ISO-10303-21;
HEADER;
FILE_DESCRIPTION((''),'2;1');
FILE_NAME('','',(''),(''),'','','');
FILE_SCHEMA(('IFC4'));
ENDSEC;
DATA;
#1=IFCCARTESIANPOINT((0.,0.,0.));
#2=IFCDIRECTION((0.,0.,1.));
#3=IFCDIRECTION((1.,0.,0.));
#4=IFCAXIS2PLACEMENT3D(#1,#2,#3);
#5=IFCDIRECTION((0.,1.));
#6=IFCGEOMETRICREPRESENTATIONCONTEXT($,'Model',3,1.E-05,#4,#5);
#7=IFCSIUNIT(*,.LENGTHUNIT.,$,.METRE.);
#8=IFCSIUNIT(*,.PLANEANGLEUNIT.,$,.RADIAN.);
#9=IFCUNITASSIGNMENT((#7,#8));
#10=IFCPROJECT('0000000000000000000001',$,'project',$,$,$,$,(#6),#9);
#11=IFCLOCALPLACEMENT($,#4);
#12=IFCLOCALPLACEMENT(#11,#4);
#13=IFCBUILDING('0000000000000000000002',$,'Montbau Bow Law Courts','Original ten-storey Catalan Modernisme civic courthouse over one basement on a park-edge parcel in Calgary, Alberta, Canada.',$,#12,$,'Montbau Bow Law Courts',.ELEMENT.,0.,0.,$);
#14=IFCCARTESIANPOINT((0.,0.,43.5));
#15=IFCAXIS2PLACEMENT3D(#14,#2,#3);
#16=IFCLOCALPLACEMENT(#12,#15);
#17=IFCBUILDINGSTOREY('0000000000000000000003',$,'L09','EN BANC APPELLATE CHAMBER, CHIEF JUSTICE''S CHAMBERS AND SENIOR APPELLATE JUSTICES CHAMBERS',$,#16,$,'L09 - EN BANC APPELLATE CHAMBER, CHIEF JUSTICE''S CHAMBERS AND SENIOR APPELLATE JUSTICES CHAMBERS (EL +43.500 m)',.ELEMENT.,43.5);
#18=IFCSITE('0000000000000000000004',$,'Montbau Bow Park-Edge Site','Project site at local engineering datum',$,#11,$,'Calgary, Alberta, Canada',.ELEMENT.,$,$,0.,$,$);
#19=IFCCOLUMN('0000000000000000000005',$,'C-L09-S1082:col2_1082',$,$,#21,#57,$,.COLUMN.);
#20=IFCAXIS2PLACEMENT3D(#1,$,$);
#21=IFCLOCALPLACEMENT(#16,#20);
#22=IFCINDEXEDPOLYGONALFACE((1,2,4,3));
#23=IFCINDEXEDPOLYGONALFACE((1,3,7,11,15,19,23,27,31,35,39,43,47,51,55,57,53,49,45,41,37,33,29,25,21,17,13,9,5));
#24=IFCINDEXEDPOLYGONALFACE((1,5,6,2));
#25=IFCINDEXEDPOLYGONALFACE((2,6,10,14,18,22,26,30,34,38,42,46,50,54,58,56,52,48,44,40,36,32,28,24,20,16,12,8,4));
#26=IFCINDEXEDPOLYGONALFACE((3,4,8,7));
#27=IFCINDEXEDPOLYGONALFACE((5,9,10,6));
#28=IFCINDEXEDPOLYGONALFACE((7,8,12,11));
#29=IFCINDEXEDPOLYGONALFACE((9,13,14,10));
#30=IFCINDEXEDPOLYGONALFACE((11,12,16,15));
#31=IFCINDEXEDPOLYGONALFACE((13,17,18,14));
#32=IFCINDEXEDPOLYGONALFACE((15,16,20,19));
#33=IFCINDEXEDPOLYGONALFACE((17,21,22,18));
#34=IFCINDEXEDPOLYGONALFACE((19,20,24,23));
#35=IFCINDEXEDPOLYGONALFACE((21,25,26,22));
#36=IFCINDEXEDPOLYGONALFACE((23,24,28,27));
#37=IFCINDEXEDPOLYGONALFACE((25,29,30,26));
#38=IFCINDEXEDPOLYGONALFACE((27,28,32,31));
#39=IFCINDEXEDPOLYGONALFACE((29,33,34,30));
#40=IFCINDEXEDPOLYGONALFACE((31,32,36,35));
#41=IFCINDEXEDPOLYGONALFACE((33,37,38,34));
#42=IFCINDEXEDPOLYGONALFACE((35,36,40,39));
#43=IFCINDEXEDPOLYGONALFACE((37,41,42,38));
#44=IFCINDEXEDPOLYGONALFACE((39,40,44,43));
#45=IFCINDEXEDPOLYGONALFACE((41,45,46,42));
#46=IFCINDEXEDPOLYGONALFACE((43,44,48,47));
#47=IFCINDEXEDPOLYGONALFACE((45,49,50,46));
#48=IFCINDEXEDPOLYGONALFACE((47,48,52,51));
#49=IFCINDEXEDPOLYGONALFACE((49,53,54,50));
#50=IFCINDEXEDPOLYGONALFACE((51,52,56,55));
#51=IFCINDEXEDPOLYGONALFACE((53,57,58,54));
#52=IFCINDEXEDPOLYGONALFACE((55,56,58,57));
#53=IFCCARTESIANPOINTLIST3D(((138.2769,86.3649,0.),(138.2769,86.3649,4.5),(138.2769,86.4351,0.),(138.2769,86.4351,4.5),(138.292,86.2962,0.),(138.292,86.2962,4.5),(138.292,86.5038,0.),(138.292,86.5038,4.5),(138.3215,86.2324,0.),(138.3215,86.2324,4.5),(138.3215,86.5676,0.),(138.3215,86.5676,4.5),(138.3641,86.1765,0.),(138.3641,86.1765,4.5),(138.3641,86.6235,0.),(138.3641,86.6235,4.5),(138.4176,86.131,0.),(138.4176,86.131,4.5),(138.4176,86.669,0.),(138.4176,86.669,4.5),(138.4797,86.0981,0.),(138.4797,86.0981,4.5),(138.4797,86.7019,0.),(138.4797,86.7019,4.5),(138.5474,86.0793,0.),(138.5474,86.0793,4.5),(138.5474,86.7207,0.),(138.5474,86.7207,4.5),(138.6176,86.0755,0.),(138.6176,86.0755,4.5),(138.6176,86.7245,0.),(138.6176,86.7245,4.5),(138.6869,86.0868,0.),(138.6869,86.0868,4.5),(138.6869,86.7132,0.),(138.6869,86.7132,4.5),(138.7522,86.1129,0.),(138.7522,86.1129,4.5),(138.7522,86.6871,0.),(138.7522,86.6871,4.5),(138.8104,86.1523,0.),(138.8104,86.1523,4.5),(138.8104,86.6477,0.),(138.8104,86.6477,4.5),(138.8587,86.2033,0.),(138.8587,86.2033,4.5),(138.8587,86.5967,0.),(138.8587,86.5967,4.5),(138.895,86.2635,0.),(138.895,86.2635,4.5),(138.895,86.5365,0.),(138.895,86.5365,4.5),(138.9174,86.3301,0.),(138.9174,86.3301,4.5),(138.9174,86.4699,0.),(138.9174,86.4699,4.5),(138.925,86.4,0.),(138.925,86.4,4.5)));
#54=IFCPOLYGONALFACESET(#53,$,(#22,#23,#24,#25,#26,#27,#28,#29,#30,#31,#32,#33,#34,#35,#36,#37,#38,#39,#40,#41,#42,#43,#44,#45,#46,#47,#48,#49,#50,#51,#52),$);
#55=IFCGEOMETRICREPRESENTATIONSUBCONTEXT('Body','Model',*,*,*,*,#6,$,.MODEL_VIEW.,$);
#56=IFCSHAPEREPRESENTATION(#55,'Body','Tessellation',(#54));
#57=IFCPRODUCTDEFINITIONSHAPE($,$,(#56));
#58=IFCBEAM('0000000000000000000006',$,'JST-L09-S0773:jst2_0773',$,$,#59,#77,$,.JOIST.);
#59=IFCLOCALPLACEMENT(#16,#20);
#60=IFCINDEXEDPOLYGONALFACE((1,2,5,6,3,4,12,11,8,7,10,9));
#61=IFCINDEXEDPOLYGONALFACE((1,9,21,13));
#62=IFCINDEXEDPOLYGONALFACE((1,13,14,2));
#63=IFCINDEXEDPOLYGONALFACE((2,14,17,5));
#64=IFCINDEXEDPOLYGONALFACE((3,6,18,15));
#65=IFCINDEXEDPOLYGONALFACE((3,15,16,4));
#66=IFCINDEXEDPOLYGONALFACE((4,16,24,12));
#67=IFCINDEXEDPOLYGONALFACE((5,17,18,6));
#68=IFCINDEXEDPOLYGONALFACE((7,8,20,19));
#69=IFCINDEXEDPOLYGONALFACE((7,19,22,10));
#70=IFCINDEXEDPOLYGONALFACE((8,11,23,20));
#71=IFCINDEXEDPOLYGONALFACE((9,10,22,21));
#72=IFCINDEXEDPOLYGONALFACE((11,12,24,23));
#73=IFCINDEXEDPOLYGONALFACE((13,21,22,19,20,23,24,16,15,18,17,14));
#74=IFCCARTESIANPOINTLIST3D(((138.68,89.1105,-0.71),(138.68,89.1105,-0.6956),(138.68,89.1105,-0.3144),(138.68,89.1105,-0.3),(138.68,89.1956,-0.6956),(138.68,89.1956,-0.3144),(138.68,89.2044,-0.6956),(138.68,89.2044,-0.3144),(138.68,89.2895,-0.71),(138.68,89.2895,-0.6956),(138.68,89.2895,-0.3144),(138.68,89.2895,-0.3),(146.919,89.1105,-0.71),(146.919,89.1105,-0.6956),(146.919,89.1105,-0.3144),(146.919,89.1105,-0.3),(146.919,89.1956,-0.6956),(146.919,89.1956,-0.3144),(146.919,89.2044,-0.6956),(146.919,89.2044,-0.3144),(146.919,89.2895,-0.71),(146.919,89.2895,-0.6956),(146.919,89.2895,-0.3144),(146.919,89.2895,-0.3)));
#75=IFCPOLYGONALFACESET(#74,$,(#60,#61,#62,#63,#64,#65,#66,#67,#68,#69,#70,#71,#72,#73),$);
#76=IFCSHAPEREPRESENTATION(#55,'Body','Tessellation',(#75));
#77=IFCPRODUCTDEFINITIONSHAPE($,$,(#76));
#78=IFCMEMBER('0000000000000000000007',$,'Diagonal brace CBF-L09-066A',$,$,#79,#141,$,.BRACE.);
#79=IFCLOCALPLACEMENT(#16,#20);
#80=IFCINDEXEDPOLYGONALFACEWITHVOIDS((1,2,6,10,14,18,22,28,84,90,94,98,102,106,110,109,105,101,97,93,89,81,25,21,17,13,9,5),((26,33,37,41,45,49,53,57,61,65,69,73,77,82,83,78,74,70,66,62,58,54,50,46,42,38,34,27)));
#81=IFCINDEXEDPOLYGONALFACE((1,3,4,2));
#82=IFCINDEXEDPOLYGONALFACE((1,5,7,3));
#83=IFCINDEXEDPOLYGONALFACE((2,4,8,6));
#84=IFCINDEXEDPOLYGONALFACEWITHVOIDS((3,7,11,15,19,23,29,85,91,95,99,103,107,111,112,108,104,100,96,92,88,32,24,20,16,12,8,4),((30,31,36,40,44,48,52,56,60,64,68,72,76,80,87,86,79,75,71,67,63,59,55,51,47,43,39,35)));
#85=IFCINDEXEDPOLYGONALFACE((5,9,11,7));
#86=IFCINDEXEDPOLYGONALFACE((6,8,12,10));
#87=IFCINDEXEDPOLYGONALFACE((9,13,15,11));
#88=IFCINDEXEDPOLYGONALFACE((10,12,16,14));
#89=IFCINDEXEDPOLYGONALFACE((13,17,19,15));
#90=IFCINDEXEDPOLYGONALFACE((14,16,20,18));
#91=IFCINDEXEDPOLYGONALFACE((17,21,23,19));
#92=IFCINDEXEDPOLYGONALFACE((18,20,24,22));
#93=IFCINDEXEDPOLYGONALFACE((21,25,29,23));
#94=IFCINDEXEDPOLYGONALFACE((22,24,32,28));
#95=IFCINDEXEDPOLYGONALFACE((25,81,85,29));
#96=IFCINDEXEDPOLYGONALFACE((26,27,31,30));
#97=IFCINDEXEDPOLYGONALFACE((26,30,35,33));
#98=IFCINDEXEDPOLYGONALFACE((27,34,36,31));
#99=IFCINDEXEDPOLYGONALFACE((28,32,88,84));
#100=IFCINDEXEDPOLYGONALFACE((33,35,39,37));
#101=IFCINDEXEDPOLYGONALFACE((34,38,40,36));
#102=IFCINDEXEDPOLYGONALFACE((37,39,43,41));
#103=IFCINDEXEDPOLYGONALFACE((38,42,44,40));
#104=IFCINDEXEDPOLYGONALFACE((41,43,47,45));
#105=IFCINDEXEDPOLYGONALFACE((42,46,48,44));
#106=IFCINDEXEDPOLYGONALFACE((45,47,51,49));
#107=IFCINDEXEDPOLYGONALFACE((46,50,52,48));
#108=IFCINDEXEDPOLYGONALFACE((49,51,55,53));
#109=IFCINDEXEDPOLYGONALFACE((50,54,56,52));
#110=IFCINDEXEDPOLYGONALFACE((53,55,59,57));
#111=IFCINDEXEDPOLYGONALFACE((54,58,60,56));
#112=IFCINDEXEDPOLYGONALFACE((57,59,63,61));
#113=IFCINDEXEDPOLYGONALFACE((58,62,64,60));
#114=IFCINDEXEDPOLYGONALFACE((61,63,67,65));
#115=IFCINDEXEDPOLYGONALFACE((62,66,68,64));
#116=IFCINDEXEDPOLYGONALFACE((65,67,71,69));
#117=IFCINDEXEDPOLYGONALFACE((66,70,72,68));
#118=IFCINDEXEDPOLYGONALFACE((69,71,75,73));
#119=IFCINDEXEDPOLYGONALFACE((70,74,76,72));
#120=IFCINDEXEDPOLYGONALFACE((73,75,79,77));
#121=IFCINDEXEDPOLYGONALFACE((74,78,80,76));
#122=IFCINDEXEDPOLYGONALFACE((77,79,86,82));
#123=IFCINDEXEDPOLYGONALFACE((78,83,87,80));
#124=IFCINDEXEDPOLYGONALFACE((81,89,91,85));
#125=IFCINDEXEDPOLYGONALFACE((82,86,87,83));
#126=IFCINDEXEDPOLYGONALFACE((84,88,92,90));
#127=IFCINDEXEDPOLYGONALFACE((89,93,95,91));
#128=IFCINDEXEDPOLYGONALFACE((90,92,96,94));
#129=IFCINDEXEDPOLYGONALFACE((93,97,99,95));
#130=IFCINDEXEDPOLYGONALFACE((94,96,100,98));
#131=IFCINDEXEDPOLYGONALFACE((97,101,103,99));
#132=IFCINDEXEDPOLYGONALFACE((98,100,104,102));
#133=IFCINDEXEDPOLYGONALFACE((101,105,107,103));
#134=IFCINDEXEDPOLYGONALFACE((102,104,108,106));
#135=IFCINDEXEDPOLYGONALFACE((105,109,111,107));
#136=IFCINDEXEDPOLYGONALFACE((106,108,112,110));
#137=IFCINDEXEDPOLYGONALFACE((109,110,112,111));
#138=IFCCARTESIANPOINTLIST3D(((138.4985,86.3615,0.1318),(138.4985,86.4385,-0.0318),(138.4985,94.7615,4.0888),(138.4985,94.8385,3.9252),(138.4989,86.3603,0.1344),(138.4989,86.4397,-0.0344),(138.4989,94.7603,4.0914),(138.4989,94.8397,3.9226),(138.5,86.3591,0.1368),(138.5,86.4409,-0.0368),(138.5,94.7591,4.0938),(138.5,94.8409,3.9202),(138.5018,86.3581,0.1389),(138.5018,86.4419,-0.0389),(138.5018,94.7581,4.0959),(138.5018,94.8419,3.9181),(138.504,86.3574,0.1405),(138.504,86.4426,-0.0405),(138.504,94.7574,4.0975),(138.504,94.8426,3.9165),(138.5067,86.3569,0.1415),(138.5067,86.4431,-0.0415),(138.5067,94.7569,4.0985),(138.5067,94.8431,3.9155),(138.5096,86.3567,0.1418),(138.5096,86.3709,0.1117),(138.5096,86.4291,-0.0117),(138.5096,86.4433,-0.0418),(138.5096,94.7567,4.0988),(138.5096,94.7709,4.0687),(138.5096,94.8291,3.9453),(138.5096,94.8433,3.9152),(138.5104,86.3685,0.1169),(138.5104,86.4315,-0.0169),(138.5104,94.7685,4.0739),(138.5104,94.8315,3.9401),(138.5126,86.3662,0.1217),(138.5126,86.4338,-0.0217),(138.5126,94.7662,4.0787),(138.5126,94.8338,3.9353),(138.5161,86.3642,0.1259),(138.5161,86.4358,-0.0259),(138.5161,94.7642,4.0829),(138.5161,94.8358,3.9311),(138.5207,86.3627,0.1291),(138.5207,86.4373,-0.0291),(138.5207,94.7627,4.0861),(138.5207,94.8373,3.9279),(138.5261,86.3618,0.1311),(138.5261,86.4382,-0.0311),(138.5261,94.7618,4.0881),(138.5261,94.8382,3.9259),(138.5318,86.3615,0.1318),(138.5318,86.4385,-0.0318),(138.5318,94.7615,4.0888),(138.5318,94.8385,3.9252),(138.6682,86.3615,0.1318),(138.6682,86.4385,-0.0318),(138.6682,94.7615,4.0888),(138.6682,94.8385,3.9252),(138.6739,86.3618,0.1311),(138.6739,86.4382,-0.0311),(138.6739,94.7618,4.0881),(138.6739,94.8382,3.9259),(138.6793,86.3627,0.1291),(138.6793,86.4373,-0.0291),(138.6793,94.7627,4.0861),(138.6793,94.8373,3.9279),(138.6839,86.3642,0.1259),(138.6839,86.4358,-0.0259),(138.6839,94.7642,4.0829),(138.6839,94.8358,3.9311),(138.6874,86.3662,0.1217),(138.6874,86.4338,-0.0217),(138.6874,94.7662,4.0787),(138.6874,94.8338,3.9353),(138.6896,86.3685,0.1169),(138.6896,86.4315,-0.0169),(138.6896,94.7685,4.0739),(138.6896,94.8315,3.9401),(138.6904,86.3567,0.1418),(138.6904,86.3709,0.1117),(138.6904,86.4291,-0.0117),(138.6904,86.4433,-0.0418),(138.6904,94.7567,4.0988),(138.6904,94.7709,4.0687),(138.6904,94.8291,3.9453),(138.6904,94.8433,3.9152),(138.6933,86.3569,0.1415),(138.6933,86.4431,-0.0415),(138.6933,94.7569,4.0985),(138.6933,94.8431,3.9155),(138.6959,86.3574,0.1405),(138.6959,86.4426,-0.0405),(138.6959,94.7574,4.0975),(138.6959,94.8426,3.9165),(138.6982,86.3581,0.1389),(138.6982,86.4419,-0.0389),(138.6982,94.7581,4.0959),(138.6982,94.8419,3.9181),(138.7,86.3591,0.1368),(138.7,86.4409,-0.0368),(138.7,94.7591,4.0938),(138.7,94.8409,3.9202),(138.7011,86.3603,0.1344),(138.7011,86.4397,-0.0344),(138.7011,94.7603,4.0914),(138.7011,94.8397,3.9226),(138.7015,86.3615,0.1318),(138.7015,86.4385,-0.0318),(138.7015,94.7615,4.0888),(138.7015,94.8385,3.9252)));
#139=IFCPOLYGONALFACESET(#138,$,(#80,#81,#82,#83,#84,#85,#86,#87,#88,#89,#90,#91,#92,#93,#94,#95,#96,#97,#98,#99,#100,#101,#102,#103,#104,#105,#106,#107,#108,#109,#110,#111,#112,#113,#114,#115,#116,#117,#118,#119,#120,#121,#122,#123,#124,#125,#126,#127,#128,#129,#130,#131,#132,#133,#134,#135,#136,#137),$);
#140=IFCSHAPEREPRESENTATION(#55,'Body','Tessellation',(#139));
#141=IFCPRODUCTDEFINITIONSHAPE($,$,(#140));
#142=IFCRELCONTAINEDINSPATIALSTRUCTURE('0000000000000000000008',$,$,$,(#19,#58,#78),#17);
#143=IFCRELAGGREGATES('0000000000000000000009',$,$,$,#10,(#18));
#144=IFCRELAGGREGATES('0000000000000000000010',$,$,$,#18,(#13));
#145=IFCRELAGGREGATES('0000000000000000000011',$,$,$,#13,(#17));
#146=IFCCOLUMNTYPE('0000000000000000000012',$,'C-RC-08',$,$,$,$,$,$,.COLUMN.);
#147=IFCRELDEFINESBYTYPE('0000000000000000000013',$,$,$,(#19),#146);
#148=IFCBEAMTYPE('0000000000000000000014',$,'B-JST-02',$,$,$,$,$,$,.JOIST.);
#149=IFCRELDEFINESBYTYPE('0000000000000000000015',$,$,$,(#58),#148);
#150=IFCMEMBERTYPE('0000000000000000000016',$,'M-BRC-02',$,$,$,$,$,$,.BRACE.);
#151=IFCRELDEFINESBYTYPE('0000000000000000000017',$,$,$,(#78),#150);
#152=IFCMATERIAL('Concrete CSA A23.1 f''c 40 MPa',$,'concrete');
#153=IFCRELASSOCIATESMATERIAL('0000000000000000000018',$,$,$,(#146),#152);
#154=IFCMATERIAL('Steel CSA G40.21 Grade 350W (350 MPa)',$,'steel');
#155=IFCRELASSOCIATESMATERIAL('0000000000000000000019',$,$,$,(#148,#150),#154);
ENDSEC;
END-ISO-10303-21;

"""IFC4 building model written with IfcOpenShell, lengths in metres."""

from ifc_helpers import new_model, si_unit, direction, frame, origin_with_axes, origin_2d_with_axis, place, context, subcontext, project, spatial, hollow_rectangle, circle, i_section, extrude, material, material_profile, profile_set, type_object, element, save


model = new_model("IFC4")

# Units and contexts
model_context = context("Model", 3, precision=1e-05, world=origin_with_axes(), true_north=direction((0.0, 1.0)))
body_context = subcontext(model_context, "Body", "Model", "MODEL_VIEW")
ifc_project = project(units=[si_unit("LENGTHUNIT", "METRE"), si_unit("PLANEANGLEUNIT", "RADIAN")], contexts=[model_context])

# Site, building, storey
site_placement = place(None, origin_with_axes())
site = spatial("IfcSite", under=ifc_project, at=site_placement, Name="Montbau Bow Park-Edge Site", Description="Project site at local engineering datum", LongName="Calgary, Alberta, Canada", CompositionType="ELEMENT", RefElevation=0.0)
building_placement = place(site_placement, origin_with_axes())
building = spatial("IfcBuilding", under=site, at=building_placement, Name="Montbau Bow Law Courts", Description="Original ten-storey Catalan Modernisme civic courthouse over one basement on a park-edge parcel in Calgary, Alberta, Canada.", LongName="Montbau Bow Law Courts", CompositionType="ELEMENT", ElevationOfRefHeight=0.0, ElevationOfTerrain=0.0)
storey_placement = place(building_placement, frame((0.0, 0.0, 43.5), z_axis=(0.0, 0.0, 1.0), x_axis=(1.0, 0.0, 0.0)))
storey = spatial("IfcBuildingStorey", under=building, at=storey_placement, Name="L09", Description="EN BANC APPELLATE CHAMBER, CHIEF JUSTICE'S CHAMBERS AND SENIOR APPELLATE JUSTICES CHAMBERS", LongName="L09 - EN BANC APPELLATE CHAMBER, CHIEF JUSTICE'S CHAMBERS AND SENIOR APPELLATE JUSTICES CHAMBERS (EL +43.500 m)", CompositionType="ELEMENT", Elevation=43.5)

# Column
ifc_material_1 = material(Name="Concrete CSA A23.1 f'c 40 MPa", Category="concrete")
ifc_material_profile_1 = material_profile(ifc_material_1, circle(Radius=0.325, at=origin_2d_with_axis()), Name="RC650D", Category="Main", Priority=0)
ifc_profile_set_1 = profile_set([ifc_material_profile_1], Name="Concrete CSA A23.1 f'c 40 MPa")
column_type = type_object("IfcColumnType", Name="C-RC-08", PredefinedType="COLUMN", material=ifc_profile_set_1)
column_placement = place(None, frame((138.6, 86.4, 43.5), z_axis=(0.0, 0.0, 1.0), x_axis=(1.0, 0.0, 0.0)))
element("IfcColumn", 1, at=column_placement, inside=storey, type_object=column_type, Name="C-L09-S1082:col2_1082", PredefinedType="COLUMN", context=body_context, shape_type="SweptSolid", body=[
    extrude(circle(Radius=0.325, at=origin_2d_with_axis()), origin_with_axes(), (0.0, 0.0, 1.0), 4.5),
])

# Beam
ifc_material_2 = material(Name="Steel CSA G40.21 Grade 350W (350 MPa)", Category="steel")
ifc_material_profile_2 = material_profile(ifc_material_2, i_section(OverallWidth=0.179, OverallDepth=0.41, WebThickness=0.0088, FlangeThickness=0.0144, at=origin_2d_with_axis()), Name="W410X67", Category="Main", Priority=0)
ifc_profile_set_2 = profile_set([ifc_material_profile_2], Name="Steel CSA G40.21 Grade 350W (350 MPa)")
beam_type = type_object("IfcBeamType", Name="B-JST-02", PredefinedType="JOIST", material=ifc_profile_set_2)
beam_placement = place(None, frame((138.68, 89.2, 42.995), z_axis=(1.0, 0.0, 0.0), x_axis=(0.0, 1.0, 0.0)))
element("IfcBeam", 2, at=beam_placement, inside=storey, type_object=beam_type, Name="JST-L09-S0773:jst2_0773", PredefinedType="JOIST", context=body_context, shape_type="SweptSolid", body=[
    extrude(i_section(OverallWidth=0.179, OverallDepth=0.41, WebThickness=0.0088, FlangeThickness=0.0144, at=origin_2d_with_axis()), origin_with_axes(), (0.0, 0.0, 1.0), 8.239),
])

# Member
ifc_material_profile_3 = material_profile(ifc_material_2, hollow_rectangle(XDim=0.203, YDim=0.203, WallThickness=0.0111, InnerFilletRadius=0.0222, OuterFilletRadius=0.0111, at=origin_2d_with_axis()), Name="HSS203X203X11", Category="Main", Priority=0)
ifc_profile_set_3 = profile_set([ifc_material_profile_3], Name="Steel CSA G40.21 Grade 350W (350 MPa)")
member_type_1 = type_object("IfcMemberType", Name="M-BRC-02", PredefinedType="BRACE", material=ifc_profile_set_3)
member_1_placement = place(None, frame((138.6, 86.4, 43.55), z_axis=(0.0, 0.90465, 0.426155), x_axis=(-1.0, 0.0, 0.0)))
element("IfcMember", 3, at=member_1_placement, inside=storey, type_object=member_type_1, Name="Diagonal brace CBF-L09-066A", PredefinedType="BRACE", context=body_context, shape_type="SweptSolid", body=[
    extrude(hollow_rectangle(XDim=0.203, YDim=0.203, WallThickness=0.0111, InnerFilletRadius=0.0222, OuterFilletRadius=0.0111, at=origin_2d_with_axis()), origin_with_axes(), (0.0, 0.0, 1.0), 9.2854),
])

save(model, "model.ifc")
